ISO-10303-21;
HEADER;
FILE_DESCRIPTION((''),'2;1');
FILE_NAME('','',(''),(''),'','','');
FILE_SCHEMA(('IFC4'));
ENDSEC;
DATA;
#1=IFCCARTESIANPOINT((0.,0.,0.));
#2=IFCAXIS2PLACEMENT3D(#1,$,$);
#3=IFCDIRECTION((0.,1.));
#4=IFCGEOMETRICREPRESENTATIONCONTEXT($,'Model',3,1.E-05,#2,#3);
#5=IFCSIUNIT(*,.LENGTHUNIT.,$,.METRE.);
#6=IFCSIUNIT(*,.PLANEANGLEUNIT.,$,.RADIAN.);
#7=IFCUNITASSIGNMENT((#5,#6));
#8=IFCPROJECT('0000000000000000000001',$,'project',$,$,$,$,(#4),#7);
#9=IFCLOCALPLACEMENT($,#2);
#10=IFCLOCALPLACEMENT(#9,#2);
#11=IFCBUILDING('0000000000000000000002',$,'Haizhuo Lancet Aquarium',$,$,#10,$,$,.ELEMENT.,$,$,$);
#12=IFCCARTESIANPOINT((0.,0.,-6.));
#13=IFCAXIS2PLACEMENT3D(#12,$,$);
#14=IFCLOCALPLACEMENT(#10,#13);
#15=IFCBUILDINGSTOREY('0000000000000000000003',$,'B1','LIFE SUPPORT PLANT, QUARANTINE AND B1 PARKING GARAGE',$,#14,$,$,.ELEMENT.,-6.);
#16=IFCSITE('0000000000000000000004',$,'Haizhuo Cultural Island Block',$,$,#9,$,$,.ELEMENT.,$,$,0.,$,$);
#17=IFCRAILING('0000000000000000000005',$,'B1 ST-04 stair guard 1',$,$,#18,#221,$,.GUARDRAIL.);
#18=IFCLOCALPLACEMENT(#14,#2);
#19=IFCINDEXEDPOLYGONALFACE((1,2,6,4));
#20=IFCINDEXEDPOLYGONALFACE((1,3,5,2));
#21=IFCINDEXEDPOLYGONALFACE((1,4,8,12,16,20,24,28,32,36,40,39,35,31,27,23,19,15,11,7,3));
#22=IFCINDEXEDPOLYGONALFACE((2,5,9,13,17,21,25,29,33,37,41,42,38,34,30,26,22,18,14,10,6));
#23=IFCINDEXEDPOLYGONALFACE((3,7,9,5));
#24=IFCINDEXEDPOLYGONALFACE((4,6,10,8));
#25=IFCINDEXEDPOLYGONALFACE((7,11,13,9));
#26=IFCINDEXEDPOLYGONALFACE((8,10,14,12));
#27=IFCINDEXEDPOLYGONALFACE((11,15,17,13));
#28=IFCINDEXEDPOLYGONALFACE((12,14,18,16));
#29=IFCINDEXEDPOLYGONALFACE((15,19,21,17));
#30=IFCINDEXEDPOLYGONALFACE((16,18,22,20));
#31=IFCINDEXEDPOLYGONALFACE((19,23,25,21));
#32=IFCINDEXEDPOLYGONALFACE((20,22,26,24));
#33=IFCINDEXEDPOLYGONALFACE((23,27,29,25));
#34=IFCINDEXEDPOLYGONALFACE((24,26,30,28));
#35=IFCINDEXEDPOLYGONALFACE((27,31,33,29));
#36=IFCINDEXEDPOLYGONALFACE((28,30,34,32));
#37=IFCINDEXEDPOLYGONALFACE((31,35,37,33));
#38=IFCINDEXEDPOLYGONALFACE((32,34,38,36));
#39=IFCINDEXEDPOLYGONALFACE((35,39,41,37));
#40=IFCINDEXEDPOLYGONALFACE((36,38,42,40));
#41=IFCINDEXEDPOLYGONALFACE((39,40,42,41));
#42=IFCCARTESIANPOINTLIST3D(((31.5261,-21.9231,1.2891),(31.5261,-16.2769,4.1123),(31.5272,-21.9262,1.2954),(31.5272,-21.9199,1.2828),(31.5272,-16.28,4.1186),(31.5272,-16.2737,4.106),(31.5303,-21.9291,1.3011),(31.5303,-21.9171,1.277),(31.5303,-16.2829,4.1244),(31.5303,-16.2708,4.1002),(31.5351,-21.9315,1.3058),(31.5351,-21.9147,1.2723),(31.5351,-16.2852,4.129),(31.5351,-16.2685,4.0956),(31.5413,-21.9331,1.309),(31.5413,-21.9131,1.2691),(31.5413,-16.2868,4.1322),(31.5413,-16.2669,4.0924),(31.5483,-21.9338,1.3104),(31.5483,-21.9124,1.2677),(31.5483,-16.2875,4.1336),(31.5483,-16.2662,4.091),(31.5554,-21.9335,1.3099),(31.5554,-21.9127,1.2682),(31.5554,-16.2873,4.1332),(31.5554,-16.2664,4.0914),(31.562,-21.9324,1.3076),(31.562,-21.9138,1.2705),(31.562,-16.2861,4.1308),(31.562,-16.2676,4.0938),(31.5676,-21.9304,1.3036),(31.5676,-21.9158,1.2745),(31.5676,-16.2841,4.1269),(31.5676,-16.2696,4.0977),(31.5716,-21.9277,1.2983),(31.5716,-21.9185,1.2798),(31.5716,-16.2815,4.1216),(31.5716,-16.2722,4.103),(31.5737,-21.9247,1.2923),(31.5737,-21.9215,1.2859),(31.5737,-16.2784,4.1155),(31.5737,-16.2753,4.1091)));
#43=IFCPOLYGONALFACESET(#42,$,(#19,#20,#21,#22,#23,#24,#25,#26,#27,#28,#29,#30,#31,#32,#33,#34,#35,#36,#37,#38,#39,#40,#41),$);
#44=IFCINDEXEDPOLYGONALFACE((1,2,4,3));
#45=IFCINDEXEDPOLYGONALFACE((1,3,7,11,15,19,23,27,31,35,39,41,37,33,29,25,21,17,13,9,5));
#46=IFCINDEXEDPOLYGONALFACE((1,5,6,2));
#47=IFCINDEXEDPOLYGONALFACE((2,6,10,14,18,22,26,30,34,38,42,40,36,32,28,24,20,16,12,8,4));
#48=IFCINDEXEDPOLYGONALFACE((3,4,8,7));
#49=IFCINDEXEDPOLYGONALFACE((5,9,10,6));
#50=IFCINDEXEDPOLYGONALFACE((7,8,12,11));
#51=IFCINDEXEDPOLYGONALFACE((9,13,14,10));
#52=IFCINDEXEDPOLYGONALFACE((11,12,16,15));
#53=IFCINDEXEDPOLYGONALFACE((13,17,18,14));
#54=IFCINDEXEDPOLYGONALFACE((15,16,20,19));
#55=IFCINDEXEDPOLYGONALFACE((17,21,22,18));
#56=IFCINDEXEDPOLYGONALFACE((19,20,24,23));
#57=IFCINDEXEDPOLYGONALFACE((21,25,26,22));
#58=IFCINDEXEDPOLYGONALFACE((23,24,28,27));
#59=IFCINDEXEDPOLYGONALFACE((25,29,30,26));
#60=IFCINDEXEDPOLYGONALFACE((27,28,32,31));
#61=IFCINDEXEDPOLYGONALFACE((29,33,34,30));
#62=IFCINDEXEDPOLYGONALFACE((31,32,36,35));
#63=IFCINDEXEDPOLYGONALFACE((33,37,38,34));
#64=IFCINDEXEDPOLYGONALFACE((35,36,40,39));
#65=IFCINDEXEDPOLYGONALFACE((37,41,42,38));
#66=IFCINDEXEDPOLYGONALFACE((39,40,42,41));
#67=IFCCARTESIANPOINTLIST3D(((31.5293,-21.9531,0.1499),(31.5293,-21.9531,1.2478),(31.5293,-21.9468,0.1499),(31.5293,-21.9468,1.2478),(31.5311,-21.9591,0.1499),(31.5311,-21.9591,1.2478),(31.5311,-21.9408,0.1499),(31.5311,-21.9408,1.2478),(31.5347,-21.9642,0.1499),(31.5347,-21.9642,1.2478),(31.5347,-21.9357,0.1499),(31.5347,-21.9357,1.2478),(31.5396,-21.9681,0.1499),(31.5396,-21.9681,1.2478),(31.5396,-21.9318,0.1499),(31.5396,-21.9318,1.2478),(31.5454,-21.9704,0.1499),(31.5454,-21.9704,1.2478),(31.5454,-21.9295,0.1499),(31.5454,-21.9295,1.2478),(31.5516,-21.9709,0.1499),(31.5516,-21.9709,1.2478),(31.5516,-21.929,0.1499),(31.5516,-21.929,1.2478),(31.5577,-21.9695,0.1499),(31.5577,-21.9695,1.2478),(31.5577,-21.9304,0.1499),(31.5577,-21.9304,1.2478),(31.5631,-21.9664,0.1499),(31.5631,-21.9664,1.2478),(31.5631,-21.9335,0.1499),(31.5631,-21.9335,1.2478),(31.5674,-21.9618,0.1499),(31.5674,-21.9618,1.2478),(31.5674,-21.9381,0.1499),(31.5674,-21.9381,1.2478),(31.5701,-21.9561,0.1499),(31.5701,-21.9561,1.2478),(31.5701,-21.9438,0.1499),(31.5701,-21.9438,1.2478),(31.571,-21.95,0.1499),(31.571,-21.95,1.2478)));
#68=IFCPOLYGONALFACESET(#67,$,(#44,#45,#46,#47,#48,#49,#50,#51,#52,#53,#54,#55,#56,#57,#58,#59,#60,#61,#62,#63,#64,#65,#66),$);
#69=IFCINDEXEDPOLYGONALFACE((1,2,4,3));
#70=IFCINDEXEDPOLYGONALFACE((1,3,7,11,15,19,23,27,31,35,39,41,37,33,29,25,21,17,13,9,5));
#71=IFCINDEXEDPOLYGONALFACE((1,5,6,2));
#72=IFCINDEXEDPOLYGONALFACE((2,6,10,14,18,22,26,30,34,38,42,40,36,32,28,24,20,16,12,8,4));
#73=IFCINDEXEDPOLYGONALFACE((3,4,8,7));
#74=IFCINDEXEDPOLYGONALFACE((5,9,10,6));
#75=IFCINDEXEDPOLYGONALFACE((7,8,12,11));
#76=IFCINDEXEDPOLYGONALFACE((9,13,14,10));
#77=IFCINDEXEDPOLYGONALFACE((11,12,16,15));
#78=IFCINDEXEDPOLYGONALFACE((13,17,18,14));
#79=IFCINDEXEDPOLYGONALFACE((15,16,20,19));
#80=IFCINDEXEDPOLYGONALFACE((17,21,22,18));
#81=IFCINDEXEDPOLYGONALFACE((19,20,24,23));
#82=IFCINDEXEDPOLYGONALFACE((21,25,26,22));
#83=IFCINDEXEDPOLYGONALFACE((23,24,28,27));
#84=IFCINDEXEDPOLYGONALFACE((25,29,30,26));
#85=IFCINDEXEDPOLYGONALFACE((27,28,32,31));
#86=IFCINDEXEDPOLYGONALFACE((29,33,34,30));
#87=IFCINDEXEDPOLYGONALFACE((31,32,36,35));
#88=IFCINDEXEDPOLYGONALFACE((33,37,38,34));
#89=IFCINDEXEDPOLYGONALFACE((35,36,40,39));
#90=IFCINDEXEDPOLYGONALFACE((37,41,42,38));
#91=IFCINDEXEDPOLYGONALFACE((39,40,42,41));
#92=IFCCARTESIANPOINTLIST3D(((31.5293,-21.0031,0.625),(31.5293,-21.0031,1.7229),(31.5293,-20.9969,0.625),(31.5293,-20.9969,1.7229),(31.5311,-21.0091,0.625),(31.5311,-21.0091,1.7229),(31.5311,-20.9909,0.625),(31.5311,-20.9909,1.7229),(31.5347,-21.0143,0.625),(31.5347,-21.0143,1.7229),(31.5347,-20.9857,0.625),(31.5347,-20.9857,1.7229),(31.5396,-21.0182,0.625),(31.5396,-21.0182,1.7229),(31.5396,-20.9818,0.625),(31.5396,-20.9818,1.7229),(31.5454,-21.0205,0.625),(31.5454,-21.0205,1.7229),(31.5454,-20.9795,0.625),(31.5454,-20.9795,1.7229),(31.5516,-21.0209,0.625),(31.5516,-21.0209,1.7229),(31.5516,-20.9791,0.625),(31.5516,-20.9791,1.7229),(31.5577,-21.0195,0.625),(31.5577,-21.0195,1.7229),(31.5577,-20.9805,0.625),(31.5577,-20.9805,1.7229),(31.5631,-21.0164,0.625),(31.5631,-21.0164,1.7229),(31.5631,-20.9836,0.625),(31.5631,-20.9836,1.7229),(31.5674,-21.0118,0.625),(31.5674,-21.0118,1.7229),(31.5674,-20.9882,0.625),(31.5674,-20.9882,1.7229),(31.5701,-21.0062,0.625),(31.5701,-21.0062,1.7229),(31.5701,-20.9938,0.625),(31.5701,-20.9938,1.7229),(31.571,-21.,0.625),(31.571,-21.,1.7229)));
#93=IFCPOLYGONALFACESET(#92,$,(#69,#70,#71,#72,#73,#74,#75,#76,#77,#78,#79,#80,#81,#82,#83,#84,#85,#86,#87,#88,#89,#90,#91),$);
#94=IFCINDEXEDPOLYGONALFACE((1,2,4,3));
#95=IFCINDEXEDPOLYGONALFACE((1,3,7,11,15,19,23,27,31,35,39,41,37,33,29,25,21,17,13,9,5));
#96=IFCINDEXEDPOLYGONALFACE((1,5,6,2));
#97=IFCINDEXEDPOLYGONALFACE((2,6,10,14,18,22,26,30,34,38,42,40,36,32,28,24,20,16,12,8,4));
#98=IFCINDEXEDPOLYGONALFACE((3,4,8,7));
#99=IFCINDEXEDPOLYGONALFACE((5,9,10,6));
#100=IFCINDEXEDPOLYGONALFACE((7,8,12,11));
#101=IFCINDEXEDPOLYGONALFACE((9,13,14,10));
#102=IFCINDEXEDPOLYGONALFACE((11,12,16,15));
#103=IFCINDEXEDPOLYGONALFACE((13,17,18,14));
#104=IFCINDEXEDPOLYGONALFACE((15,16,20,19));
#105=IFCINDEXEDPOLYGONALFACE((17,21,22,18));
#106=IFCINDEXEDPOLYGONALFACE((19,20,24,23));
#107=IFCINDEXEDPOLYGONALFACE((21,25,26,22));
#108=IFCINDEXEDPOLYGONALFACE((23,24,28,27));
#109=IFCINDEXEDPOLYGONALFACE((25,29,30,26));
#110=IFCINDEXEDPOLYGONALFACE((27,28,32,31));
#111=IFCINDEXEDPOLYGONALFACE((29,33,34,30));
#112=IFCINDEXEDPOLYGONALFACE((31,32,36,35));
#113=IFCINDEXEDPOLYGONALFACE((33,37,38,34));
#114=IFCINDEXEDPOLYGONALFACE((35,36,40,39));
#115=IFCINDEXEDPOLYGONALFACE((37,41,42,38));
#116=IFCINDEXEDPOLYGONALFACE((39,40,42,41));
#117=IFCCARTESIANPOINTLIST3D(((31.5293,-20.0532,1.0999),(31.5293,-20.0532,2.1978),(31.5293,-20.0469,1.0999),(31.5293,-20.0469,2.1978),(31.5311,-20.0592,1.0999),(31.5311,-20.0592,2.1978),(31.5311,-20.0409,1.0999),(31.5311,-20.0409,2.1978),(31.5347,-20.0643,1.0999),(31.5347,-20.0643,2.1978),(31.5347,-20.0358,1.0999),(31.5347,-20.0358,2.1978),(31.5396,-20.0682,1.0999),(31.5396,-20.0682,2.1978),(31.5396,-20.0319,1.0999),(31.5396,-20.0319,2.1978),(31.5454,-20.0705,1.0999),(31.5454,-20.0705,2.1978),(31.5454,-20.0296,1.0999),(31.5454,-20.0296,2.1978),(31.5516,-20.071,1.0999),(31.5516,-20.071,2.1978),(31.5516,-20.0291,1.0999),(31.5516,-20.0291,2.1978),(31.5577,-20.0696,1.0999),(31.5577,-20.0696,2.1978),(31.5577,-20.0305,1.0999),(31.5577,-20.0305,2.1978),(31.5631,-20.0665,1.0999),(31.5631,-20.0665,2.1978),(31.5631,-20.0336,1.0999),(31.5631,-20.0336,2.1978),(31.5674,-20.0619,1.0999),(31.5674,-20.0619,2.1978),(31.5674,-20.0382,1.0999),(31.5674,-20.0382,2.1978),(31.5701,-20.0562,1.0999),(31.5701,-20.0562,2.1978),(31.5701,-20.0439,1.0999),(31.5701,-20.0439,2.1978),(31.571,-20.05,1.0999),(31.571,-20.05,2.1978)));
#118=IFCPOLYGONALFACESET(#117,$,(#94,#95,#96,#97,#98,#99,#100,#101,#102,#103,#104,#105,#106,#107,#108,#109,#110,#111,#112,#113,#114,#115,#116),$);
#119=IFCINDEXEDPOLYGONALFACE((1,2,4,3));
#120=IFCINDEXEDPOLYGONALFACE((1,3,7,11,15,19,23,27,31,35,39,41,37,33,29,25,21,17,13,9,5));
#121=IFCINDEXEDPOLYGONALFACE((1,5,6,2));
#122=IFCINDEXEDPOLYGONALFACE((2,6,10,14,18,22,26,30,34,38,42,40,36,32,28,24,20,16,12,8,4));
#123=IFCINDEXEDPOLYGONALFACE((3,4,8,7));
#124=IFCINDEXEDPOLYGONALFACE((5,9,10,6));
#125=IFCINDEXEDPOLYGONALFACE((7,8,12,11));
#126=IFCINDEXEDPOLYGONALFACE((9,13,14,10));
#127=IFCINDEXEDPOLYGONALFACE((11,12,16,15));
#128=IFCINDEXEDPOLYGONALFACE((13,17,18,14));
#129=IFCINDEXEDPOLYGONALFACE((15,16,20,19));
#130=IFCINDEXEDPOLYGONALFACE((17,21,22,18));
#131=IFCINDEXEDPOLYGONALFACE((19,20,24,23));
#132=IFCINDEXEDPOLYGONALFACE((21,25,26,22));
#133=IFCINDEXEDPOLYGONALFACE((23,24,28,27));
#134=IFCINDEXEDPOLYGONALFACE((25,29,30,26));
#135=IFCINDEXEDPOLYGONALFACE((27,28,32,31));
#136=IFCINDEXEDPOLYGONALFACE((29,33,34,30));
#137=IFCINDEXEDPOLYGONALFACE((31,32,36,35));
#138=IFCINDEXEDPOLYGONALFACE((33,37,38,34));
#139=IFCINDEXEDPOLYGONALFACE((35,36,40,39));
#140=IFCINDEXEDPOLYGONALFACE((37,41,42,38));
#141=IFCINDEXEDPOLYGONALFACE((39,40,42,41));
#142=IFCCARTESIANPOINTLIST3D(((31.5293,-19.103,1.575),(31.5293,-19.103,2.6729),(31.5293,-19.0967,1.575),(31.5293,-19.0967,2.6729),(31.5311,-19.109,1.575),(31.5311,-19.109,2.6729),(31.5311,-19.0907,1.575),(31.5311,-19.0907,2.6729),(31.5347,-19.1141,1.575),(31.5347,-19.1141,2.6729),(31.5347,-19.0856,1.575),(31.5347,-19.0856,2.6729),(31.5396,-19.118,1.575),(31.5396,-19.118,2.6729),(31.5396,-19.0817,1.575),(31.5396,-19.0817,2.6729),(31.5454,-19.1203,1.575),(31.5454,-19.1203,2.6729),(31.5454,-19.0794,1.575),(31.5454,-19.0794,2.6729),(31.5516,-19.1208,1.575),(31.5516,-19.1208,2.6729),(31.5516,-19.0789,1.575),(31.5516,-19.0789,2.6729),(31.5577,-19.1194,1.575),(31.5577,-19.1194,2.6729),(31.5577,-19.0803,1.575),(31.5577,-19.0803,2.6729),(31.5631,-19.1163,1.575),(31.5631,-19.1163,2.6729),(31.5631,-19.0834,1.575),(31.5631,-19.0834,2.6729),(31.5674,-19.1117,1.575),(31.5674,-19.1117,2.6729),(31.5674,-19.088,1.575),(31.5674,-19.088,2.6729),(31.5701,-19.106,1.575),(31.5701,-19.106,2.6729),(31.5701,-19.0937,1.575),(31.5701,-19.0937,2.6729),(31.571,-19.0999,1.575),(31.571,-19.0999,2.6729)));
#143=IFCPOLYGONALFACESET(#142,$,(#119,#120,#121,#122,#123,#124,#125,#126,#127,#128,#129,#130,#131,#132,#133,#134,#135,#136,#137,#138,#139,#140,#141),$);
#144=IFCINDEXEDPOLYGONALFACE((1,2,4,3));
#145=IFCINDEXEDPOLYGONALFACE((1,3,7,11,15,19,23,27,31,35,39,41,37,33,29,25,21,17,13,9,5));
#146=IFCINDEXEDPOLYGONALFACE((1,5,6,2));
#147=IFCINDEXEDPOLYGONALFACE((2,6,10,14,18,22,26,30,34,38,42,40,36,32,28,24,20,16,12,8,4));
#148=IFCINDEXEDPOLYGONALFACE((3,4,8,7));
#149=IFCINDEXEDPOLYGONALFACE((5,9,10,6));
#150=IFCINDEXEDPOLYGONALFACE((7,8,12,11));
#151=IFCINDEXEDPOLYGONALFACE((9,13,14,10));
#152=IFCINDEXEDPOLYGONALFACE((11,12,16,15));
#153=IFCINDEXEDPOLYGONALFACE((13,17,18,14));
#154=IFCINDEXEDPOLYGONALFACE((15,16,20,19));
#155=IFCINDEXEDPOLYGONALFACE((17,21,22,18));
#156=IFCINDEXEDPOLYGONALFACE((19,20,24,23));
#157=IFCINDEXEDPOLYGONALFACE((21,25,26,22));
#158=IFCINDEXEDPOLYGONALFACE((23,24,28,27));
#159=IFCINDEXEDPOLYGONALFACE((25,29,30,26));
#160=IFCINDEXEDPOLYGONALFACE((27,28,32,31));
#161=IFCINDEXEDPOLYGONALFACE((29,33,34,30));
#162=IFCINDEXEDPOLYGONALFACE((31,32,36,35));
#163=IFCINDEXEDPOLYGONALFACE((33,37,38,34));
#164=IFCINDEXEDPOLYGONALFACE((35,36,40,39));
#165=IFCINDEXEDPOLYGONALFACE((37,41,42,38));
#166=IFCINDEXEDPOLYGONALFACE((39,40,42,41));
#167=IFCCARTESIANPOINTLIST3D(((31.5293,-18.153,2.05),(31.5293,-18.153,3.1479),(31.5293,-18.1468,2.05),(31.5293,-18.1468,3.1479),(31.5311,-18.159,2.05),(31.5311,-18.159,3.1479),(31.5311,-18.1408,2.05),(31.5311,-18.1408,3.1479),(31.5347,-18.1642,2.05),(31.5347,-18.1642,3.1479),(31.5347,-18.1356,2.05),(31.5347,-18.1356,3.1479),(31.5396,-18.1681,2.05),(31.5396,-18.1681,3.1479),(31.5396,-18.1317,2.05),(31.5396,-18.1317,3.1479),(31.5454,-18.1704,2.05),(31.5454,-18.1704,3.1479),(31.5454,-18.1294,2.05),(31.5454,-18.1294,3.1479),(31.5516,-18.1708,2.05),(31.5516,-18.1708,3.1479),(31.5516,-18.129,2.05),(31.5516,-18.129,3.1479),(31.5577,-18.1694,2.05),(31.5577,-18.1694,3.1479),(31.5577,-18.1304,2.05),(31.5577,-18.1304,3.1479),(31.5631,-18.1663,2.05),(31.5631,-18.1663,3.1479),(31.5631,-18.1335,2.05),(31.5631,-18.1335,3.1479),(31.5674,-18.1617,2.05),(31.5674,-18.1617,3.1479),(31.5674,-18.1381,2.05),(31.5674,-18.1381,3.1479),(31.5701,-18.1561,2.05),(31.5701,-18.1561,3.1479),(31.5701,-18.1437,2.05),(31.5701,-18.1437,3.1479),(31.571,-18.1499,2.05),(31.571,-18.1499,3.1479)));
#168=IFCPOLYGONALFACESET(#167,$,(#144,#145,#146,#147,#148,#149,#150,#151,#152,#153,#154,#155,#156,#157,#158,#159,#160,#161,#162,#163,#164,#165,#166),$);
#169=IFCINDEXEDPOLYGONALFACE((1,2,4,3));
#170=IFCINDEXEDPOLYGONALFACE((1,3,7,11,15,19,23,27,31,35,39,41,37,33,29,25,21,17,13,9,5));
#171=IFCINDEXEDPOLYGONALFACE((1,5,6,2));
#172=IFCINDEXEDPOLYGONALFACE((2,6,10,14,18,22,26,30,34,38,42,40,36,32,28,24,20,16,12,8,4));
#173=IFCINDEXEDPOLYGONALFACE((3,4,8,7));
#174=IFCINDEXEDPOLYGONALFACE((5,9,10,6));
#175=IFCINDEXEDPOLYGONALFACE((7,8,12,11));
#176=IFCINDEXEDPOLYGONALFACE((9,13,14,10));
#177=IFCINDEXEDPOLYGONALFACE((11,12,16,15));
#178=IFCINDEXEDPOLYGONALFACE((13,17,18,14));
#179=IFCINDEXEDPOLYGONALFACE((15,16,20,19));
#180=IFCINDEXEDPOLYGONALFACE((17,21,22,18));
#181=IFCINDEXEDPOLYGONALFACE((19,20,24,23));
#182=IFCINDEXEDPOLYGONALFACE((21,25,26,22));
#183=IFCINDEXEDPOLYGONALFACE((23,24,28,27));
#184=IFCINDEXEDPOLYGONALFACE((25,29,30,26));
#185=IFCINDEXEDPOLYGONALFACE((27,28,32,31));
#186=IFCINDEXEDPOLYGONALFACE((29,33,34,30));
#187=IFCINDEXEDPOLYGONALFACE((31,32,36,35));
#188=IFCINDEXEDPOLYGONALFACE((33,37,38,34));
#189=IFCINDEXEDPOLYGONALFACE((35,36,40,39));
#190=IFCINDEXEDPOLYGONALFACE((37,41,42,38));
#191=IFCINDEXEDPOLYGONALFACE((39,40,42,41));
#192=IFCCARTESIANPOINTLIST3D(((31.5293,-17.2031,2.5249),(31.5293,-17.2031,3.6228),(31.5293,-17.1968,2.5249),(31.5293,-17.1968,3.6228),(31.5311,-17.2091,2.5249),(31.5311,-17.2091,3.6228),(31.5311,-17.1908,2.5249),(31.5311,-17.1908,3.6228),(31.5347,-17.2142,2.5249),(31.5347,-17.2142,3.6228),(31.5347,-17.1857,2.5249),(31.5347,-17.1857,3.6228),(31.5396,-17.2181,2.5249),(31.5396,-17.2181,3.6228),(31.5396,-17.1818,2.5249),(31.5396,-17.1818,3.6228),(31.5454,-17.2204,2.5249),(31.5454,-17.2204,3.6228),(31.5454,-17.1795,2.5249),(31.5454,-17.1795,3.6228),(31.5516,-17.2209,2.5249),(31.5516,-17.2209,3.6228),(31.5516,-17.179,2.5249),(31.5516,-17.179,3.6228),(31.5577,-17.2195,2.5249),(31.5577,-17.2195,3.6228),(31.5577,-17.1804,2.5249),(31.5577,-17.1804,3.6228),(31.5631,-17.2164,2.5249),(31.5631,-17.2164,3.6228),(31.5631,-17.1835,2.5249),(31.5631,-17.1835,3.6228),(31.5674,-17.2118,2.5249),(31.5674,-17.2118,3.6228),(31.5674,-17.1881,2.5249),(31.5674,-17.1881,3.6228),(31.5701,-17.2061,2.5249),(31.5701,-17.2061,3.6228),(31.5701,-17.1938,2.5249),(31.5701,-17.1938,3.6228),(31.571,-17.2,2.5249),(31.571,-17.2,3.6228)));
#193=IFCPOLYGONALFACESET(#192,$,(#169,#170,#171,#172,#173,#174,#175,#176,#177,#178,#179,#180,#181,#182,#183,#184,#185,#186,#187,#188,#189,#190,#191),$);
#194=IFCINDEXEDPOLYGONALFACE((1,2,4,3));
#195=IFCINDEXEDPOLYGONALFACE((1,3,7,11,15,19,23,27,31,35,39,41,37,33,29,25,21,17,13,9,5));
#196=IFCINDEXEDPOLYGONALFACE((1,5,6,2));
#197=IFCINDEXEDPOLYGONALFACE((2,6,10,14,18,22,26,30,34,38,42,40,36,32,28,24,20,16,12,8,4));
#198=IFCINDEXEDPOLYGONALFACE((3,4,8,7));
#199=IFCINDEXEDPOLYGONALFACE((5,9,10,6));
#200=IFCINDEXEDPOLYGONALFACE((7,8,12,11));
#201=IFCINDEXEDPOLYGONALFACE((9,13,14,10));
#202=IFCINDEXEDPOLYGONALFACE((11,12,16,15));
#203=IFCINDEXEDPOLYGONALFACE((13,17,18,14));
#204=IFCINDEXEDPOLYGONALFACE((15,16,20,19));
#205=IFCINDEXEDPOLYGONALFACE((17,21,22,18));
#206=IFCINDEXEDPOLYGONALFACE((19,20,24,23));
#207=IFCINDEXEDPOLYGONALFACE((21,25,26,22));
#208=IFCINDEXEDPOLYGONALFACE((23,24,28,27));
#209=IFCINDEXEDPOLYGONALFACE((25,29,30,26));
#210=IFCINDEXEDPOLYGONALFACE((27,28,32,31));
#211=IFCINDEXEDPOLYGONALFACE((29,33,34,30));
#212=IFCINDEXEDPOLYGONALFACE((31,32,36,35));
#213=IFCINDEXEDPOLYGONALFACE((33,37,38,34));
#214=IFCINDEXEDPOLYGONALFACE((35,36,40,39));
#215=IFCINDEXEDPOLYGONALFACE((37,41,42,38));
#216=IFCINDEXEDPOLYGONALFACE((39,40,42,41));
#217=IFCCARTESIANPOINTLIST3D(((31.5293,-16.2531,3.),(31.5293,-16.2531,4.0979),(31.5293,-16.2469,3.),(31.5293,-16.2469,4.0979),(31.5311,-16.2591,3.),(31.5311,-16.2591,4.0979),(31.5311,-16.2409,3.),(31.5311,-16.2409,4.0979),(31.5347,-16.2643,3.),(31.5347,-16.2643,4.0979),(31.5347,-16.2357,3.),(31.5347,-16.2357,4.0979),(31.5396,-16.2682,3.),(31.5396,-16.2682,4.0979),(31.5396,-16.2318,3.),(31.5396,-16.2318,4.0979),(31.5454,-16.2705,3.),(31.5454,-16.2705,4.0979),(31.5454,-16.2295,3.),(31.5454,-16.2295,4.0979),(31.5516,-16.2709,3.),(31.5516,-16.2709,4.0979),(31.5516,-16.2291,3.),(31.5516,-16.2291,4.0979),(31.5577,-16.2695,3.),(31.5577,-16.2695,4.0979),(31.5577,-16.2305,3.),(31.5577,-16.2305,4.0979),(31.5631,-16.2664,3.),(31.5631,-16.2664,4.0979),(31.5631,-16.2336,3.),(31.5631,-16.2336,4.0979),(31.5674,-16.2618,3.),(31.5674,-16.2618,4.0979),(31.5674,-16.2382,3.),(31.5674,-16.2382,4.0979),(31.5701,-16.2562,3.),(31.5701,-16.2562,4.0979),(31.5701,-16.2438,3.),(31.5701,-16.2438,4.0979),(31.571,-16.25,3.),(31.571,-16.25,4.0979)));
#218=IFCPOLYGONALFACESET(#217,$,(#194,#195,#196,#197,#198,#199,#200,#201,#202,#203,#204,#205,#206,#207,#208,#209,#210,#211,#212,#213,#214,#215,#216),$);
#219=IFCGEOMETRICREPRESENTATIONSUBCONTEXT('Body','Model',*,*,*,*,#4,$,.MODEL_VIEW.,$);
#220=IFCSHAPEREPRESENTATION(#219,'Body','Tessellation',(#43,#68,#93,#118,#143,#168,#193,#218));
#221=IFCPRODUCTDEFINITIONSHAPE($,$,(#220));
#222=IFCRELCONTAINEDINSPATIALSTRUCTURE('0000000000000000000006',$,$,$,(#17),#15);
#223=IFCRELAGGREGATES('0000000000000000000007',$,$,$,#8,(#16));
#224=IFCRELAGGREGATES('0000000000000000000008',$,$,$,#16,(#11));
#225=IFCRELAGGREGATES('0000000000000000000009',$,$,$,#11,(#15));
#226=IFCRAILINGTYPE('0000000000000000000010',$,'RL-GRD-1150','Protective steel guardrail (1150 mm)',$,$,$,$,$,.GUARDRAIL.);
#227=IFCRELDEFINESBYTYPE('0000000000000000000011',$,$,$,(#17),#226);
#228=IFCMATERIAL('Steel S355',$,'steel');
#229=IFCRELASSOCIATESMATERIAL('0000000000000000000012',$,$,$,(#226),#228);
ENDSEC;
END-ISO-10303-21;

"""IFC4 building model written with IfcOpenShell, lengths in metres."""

from ifc_helpers import new_model, si_unit, direction, frame, origin, origin_2d, place, context, subcontext, project, spatial, circle, extrude, material, type_object, element, save


model = new_model("IFC4")

# Units and contexts
model_context = context("Model", 3, precision=1e-05, world=origin(), true_north=direction((0.0, 1.0)))
body_context = subcontext(model_context, "Body", "Model", "MODEL_VIEW")
ifc_project = project(units=[si_unit("LENGTHUNIT", "METRE"), si_unit("PLANEANGLEUNIT", "RADIAN")], contexts=[model_context])

# Site, building, storey
site_placement = place(None, origin())
site = spatial("IfcSite", under=ifc_project, at=site_placement, Name="Haizhuo Cultural Island Block", CompositionType="ELEMENT", RefElevation=0.0)
building_placement = place(site_placement, origin())
building = spatial("IfcBuilding", under=site, at=building_placement, Name="Haizhuo Lancet Aquarium", CompositionType="ELEMENT")
storey_placement = place(building_placement, frame((0.0, 0.0, -6.0)))
storey = spatial("IfcBuildingStorey", under=building, at=storey_placement, Name="B1", Description="LIFE SUPPORT PLANT, QUARANTINE AND B1 PARKING GARAGE", CompositionType="ELEMENT", Elevation=-6.0)

# Shared definitions
ifc_material_1 = material(Name="Steel S355", Category="steel")

# Railing
railing_type_1 = type_object("IfcRailingType", Name="RL-GRD-1150", Description="Protective steel guardrail (1150 mm)", PredefinedType="GUARDRAIL", material=ifc_material_1)
railing_1_placement = place(storey_placement, frame((31.55, -21.95, 0.1499)))
element("IfcRailing", 1, at=railing_1_placement, inside=storey, type_object=railing_type_1, Name="B1 ST-04 stair guard 1", PredefinedType="GUARDRAIL", context=body_context, shape_type="SweptSolid", body=[
    extrude(circle(Radius=0.0239, at=origin_2d()), frame((0.0, 0.0269, 1.1392), z_axis=(0.0, 0.89442, 0.447229), x_axis=(-1.0, 0.0, 0.0)), (0.0, 0.0, 1.0), 6.3127),
    extrude(circle(Radius=0.021, at=origin_2d()), origin(), (0.0, 0.0, 1.0), 1.0979),
    extrude(circle(Radius=0.021, at=origin_2d()), frame((0.0, 0.95, 0.4751)), (0.0, 0.0, 1.0), 1.0979),
    extrude(circle(Radius=0.021, at=origin_2d()), frame((0.0, 1.8999, 0.95)), (0.0, 0.0, 1.0), 1.0979),
    extrude(circle(Radius=0.021, at=origin_2d()), frame((0.0, 2.8501, 1.425)), (0.0, 0.0, 1.0), 1.0979),
    extrude(circle(Radius=0.021, at=origin_2d()), frame((0.0, 3.8, 1.9001)), (0.0, 0.0, 1.0), 1.0979),
    extrude(circle(Radius=0.021, at=origin_2d()), frame((0.0, 4.75, 2.375)), (0.0, 0.0, 1.0), 1.0979),
    extrude(circle(Radius=0.021, at=origin_2d()), frame((0.0, 5.7, 2.8501)), (0.0, 0.0, 1.0), 1.0979),
])

save(model, "model.ifc")
